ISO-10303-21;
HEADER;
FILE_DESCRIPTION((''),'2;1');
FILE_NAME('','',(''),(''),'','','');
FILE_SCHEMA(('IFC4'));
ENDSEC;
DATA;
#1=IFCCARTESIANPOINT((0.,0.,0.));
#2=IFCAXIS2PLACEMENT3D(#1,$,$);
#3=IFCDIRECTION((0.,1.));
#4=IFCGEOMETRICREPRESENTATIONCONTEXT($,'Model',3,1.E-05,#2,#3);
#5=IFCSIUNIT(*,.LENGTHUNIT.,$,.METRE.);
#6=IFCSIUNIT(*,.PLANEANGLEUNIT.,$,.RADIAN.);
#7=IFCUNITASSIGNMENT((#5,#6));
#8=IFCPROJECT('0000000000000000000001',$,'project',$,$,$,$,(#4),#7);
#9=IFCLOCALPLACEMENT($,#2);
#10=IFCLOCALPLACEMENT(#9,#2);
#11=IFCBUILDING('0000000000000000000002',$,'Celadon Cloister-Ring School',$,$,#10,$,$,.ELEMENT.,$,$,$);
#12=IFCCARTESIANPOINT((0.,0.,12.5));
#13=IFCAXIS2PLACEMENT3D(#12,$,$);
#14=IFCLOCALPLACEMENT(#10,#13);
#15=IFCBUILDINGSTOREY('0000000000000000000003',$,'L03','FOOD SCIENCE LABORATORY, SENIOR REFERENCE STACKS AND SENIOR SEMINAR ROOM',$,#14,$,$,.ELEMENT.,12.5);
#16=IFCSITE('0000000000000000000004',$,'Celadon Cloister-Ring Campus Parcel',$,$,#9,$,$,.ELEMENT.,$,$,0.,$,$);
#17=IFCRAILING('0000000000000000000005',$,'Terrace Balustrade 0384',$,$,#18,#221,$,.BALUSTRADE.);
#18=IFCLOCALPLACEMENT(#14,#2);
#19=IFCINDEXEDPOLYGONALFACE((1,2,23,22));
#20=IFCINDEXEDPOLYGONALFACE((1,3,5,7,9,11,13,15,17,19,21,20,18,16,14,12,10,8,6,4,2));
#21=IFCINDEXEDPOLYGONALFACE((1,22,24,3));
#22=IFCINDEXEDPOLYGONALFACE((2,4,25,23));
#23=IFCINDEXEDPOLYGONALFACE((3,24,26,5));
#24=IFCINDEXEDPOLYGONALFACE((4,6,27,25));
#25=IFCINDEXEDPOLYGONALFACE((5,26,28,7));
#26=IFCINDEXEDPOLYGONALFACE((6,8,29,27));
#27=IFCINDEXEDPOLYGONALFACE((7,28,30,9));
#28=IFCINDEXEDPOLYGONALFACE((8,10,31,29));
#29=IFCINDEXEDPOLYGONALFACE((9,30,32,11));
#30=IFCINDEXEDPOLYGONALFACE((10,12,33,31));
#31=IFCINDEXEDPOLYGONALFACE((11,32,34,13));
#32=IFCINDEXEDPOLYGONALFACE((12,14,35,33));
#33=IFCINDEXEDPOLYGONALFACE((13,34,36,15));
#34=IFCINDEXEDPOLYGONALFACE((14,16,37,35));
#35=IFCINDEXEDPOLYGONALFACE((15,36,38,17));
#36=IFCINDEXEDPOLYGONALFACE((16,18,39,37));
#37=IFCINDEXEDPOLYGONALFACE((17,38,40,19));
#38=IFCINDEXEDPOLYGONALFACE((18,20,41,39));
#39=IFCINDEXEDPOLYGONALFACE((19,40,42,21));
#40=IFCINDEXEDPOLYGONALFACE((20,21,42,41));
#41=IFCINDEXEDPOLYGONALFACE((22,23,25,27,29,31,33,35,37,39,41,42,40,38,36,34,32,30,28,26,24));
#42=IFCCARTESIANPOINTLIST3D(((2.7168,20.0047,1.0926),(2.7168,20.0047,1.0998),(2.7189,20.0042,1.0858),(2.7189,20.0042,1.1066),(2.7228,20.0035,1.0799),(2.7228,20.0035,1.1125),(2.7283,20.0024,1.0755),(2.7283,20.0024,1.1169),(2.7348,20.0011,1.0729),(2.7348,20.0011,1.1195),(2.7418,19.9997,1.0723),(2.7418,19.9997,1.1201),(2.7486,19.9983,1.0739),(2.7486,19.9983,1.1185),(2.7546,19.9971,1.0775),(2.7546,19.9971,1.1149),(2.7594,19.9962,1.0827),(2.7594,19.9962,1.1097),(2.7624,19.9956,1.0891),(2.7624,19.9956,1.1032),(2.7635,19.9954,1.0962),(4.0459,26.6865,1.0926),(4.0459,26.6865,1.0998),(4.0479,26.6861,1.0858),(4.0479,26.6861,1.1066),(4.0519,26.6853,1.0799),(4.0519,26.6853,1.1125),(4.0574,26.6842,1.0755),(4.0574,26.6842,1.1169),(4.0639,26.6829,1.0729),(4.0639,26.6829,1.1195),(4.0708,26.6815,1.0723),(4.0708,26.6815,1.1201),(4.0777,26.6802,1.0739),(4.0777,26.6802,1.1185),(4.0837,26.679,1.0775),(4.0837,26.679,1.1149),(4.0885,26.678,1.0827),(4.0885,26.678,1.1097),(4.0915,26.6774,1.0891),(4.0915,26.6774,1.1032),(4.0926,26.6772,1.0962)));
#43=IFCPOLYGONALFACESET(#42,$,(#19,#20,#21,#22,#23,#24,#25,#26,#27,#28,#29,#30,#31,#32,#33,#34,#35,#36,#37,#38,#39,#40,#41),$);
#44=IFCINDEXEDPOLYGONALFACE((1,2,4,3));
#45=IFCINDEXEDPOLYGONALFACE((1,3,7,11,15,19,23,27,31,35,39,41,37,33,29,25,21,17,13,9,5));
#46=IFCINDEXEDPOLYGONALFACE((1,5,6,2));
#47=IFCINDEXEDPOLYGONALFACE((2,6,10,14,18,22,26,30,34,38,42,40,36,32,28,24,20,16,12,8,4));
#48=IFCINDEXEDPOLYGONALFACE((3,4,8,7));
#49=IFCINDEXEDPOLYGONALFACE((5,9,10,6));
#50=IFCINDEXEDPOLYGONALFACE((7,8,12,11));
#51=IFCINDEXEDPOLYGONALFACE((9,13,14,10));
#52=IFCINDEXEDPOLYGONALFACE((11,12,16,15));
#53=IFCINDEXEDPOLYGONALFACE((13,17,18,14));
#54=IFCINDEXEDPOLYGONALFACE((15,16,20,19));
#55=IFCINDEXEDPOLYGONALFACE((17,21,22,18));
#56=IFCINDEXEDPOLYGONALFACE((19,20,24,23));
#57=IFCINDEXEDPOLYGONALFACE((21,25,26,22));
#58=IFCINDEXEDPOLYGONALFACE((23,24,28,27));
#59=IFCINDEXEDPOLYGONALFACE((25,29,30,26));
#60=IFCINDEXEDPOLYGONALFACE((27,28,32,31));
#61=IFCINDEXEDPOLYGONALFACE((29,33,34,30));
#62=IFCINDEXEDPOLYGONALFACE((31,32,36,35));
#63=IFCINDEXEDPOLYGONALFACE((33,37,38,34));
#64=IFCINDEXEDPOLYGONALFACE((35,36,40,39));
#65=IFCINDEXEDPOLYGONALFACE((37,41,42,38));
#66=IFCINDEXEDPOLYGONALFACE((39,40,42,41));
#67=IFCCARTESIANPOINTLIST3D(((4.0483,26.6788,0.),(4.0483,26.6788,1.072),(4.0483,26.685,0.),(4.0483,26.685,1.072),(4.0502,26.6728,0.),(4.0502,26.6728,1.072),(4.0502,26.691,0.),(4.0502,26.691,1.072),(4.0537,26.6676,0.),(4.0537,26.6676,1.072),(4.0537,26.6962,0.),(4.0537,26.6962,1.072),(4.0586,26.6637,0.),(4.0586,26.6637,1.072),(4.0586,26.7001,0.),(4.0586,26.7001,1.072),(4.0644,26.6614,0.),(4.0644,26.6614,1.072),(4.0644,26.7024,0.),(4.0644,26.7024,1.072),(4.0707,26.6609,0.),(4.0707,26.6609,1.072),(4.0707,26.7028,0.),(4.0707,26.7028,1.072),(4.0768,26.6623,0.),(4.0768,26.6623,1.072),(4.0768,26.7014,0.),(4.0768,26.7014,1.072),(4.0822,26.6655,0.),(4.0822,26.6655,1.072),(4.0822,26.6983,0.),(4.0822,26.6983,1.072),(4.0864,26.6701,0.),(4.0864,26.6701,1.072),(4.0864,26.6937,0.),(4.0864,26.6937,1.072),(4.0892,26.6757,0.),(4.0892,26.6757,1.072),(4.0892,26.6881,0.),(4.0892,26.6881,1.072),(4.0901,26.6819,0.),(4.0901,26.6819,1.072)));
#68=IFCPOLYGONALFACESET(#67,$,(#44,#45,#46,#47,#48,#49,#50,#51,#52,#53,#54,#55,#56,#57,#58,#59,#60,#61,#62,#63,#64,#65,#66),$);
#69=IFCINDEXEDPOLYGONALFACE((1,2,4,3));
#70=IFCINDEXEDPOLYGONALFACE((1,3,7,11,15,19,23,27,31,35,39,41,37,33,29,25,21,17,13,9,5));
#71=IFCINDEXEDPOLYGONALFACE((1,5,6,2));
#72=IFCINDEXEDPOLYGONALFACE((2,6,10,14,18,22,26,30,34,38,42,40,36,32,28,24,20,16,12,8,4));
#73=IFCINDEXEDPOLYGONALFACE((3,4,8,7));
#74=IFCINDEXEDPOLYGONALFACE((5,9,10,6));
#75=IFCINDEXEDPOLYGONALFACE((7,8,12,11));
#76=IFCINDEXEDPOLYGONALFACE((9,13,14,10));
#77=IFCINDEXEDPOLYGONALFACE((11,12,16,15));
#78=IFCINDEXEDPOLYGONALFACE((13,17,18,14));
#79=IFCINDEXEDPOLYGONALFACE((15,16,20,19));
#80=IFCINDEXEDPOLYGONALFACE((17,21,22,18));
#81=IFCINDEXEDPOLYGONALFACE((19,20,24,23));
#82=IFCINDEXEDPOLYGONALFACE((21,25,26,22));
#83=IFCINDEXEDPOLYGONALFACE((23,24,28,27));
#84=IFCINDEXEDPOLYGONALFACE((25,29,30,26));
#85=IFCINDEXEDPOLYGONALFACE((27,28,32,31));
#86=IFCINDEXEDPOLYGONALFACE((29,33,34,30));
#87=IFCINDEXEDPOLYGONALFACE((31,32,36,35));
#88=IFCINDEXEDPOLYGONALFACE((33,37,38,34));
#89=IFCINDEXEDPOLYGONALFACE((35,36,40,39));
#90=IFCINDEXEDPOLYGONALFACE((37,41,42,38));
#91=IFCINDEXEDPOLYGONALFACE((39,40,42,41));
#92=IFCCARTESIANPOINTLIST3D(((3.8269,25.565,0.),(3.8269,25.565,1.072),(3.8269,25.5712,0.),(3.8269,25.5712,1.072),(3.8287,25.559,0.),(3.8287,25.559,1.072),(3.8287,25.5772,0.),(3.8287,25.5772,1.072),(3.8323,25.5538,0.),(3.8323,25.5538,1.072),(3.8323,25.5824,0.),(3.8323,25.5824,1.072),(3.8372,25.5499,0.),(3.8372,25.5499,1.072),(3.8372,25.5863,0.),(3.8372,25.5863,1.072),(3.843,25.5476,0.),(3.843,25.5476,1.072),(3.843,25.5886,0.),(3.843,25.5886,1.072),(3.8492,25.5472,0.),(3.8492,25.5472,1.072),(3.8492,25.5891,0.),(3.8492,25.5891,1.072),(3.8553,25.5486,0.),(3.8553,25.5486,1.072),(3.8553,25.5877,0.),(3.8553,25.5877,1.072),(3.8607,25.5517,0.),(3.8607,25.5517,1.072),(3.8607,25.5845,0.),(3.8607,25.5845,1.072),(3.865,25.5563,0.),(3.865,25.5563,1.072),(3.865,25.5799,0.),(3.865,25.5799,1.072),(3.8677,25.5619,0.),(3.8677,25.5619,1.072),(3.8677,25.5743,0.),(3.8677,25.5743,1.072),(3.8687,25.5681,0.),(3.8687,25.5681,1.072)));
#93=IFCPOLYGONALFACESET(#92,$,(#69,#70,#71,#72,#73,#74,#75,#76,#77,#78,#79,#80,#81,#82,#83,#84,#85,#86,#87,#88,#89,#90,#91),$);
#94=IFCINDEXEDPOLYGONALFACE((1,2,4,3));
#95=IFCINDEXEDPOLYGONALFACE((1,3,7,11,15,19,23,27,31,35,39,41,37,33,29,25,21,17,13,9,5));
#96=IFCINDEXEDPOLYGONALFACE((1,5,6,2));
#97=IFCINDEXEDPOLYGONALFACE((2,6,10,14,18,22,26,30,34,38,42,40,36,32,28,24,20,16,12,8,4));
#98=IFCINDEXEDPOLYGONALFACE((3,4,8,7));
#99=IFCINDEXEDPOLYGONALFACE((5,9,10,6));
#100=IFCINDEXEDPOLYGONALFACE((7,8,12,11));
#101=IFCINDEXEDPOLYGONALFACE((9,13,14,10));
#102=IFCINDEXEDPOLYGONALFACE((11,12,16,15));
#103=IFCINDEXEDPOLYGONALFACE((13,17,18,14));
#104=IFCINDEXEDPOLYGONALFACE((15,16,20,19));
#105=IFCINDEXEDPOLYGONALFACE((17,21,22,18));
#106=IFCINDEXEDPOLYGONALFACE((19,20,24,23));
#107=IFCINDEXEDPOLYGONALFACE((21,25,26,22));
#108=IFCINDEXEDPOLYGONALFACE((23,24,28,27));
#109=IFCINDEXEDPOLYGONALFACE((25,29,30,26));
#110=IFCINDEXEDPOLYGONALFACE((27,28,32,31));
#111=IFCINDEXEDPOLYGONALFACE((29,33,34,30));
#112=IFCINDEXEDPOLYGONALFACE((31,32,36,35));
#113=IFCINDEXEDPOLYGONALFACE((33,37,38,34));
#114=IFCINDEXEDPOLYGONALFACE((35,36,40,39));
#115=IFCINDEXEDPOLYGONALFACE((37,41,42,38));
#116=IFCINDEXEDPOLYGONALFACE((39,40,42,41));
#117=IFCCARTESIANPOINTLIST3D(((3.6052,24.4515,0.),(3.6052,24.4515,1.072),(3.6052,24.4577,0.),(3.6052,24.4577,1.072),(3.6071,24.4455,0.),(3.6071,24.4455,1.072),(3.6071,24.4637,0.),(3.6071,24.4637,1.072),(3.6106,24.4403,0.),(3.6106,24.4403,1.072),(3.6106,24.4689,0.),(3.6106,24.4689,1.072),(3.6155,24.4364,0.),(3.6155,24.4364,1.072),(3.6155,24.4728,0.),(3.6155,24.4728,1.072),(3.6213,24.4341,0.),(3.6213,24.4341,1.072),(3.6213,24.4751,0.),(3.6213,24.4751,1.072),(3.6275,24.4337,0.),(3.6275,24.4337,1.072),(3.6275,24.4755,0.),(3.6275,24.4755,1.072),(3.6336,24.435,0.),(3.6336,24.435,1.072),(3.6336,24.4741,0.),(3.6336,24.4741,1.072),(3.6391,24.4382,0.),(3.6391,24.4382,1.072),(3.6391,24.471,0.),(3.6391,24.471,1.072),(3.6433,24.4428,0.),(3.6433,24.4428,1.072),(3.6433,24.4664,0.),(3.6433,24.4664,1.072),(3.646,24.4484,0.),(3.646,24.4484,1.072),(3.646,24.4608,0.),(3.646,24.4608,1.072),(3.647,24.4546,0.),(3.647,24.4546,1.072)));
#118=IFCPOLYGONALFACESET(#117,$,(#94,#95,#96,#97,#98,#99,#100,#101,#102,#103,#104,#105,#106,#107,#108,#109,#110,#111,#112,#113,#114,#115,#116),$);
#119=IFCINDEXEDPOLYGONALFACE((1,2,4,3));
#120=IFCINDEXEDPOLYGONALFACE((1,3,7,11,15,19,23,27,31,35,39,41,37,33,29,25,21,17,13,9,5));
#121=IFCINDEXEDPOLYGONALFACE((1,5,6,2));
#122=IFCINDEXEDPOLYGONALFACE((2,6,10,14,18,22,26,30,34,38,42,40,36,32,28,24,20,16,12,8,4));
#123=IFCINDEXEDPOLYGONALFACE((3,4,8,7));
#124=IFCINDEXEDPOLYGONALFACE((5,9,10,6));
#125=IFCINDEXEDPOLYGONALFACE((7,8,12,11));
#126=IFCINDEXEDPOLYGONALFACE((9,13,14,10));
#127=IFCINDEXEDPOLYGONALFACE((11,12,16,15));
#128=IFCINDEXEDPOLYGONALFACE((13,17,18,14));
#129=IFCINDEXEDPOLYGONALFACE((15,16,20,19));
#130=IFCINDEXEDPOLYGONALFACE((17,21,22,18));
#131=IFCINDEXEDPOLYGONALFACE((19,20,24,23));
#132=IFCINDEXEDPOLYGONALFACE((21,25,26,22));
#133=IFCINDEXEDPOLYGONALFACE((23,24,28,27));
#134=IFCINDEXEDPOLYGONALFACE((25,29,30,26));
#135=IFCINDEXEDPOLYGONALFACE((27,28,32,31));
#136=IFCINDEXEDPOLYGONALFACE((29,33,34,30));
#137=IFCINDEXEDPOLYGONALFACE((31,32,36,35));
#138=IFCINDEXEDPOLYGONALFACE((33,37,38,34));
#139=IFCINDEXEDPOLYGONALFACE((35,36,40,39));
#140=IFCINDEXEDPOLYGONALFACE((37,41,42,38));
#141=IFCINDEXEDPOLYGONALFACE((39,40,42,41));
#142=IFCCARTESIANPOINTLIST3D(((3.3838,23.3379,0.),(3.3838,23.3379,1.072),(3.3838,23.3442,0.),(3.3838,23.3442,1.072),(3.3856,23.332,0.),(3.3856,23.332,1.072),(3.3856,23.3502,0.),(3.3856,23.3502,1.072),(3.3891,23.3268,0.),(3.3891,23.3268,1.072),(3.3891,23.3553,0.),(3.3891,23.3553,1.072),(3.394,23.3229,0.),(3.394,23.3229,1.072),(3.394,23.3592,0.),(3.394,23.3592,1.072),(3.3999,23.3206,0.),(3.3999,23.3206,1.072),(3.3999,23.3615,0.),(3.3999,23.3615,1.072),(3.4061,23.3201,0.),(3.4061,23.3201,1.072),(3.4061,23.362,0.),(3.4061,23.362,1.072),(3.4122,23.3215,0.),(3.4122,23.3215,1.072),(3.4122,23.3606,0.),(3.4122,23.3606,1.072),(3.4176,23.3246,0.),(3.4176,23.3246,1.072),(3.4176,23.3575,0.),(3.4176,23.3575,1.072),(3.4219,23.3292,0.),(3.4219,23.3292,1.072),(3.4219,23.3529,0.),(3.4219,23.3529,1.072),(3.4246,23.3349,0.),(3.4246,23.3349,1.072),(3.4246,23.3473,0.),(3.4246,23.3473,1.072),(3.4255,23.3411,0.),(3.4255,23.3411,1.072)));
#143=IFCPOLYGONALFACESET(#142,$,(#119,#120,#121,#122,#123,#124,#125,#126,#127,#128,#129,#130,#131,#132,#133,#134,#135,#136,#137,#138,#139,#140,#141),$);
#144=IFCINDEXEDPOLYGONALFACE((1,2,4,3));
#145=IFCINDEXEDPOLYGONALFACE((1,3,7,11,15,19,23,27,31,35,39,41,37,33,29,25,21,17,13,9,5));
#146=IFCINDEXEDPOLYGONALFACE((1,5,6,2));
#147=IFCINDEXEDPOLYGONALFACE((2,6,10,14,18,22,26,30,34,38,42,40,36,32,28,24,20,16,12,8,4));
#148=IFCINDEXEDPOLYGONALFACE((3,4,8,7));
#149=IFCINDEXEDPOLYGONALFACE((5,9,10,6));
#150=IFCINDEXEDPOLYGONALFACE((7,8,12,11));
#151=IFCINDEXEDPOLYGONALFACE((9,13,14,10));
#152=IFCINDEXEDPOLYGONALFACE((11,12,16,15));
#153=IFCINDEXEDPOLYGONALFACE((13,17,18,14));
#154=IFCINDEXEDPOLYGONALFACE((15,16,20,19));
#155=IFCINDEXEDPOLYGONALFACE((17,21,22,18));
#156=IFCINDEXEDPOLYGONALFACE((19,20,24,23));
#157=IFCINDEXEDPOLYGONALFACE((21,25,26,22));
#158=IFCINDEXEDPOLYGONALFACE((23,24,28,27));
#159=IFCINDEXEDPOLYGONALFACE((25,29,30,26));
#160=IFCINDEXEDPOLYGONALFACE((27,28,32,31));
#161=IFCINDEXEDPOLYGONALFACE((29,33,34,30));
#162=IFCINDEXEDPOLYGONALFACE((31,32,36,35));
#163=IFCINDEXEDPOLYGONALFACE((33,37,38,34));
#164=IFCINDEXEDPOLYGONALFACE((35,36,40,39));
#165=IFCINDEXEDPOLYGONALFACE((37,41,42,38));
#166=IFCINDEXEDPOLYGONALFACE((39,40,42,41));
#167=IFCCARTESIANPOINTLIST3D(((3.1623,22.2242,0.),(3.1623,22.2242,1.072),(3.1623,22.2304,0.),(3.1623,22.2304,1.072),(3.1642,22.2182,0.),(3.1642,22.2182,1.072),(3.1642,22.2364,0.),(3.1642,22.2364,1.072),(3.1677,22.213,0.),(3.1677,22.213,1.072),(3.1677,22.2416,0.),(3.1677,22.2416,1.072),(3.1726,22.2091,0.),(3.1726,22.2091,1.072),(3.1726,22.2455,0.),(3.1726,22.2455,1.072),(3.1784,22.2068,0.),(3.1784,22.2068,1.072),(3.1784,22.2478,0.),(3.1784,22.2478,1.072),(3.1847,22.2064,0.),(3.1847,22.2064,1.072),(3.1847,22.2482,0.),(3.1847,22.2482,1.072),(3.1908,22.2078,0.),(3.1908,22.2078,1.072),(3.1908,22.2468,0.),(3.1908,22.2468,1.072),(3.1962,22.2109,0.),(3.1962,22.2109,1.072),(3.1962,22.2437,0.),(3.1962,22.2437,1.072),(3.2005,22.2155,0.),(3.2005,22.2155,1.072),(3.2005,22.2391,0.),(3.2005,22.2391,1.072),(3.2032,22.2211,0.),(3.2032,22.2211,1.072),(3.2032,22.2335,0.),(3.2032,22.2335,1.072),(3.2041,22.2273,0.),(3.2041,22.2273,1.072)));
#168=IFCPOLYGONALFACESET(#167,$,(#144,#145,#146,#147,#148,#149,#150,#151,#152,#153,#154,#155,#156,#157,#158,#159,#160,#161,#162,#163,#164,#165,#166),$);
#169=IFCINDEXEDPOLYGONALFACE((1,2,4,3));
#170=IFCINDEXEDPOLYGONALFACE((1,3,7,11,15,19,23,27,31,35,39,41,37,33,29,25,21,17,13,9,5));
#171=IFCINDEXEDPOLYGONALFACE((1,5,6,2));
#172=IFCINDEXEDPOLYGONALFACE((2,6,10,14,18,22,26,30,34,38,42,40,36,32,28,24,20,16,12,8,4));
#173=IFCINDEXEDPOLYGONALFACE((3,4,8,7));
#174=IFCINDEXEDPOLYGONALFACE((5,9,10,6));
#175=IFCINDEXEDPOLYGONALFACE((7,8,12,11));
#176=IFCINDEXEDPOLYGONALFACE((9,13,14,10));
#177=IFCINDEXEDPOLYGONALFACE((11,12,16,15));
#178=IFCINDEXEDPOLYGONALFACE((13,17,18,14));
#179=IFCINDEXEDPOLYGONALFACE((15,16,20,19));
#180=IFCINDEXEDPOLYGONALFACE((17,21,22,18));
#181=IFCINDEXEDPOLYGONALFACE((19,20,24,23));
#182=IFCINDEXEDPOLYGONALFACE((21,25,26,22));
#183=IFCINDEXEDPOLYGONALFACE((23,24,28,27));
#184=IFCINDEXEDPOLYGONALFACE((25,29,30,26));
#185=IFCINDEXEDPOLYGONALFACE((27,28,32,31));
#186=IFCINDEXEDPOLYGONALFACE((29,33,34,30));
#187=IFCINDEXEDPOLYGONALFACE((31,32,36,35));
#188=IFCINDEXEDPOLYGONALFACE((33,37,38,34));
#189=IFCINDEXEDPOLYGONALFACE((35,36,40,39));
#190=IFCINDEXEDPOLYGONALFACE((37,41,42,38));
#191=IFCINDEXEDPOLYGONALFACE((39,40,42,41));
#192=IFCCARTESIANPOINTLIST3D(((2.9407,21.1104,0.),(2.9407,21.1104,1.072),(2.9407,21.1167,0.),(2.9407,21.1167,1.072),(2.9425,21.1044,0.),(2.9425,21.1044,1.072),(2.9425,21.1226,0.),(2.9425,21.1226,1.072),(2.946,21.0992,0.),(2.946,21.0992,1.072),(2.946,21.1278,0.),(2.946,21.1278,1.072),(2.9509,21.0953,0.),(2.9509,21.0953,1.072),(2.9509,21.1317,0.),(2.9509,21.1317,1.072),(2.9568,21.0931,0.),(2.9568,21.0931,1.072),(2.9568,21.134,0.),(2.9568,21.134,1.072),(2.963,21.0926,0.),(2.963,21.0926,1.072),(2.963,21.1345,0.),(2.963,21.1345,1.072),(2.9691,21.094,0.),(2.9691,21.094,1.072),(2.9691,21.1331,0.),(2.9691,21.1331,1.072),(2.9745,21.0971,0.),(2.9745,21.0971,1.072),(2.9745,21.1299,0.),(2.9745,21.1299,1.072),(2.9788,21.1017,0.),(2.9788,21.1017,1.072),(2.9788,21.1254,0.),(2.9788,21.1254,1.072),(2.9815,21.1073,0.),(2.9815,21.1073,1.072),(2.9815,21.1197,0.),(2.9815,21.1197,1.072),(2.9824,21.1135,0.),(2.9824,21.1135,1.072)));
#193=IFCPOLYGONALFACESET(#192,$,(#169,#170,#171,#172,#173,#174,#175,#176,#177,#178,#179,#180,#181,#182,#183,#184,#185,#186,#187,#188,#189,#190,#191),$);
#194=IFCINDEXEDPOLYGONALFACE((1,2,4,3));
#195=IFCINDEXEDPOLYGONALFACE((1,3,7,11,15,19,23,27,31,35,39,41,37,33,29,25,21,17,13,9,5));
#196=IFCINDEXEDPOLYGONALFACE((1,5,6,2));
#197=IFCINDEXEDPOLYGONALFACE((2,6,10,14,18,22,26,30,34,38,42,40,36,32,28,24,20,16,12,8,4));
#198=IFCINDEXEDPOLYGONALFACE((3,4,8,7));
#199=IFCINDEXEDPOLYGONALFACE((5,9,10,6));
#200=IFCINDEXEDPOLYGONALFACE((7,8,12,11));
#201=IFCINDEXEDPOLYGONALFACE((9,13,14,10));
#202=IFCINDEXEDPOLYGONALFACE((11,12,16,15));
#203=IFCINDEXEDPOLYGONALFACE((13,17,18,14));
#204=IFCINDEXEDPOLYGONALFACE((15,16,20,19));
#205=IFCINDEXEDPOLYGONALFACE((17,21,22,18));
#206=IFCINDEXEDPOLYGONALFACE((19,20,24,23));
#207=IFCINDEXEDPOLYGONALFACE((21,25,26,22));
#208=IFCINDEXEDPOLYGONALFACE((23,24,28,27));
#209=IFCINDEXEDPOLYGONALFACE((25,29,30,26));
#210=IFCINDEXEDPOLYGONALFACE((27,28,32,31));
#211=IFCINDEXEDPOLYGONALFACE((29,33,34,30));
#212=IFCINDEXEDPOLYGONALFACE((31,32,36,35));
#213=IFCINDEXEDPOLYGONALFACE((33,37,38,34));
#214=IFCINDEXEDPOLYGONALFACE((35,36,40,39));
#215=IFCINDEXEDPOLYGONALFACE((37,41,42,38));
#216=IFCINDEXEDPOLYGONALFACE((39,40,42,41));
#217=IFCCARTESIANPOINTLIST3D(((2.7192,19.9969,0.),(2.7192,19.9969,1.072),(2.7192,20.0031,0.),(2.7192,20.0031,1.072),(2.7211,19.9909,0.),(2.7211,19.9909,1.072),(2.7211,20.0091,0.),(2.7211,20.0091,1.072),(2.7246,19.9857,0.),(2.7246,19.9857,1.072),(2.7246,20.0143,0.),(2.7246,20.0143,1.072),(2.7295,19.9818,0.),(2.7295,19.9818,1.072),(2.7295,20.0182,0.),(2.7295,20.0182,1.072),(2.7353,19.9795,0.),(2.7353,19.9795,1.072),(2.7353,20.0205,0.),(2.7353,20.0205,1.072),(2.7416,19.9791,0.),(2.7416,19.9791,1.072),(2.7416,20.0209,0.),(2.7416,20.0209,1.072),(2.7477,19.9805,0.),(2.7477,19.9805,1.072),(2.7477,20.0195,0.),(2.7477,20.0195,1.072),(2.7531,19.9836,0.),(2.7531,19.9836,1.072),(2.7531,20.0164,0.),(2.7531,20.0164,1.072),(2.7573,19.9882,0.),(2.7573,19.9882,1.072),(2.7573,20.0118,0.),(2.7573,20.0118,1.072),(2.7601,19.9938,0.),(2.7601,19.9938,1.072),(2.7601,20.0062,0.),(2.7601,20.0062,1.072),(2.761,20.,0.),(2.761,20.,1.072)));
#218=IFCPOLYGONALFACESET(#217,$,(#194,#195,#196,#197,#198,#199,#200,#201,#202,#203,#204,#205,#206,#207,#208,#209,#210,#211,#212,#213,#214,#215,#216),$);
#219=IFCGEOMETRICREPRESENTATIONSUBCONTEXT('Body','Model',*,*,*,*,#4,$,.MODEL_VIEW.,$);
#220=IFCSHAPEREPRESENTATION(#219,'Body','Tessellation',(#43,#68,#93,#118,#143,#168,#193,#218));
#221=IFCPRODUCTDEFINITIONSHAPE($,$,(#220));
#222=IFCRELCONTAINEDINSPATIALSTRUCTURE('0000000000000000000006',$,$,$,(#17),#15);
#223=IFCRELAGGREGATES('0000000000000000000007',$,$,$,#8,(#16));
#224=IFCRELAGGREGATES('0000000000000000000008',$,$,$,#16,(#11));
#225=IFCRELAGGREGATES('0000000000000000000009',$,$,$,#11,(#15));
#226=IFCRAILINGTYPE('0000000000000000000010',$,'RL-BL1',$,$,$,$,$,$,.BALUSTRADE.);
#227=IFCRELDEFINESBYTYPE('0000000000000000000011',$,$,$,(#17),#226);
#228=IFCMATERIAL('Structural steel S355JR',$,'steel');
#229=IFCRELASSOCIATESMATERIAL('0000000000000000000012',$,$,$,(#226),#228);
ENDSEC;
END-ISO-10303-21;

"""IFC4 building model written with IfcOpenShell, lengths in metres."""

from ifc_helpers import new_model, si_unit, direction, frame, origin, origin_2d, place, context, subcontext, project, spatial, circle, extrude, material, type_object, element, save


model = new_model("IFC4")

# Units and contexts
model_context = context("Model", 3, precision=1e-05, world=origin(), true_north=direction((0.0, 1.0)))
body_context = subcontext(model_context, "Body", "Model", "MODEL_VIEW")
ifc_project = project(units=[si_unit("LENGTHUNIT", "METRE"), si_unit("PLANEANGLEUNIT", "RADIAN")], contexts=[model_context])

# Site, building, storey
site_placement = place(None, origin())
site = spatial("IfcSite", under=ifc_project, at=site_placement, Name="Celadon Cloister-Ring Campus Parcel", CompositionType="ELEMENT", RefElevation=0.0)
building_placement = place(site_placement, origin())
building = spatial("IfcBuilding", under=site, at=building_placement, Name="Celadon Cloister-Ring School", CompositionType="ELEMENT")
storey_placement = place(building_placement, frame((0.0, 0.0, 12.5)))
storey = spatial("IfcBuildingStorey", under=building, at=storey_placement, Name="L03", Description="FOOD SCIENCE LABORATORY, SENIOR REFERENCE STACKS AND SENIOR SEMINAR ROOM", CompositionType="ELEMENT", Elevation=12.5)

# Railing
ifc_material_1 = material(Name="Structural steel S355JR", Category="steel")
railing_type = type_object("IfcRailingType", Name="RL-BL1", PredefinedType="BALUSTRADE", material=ifc_material_1)
railing_1_placement = place(storey_placement, frame((4.0691, 26.6819, 0.0)))
element("IfcRailing", 1, at=railing_1_placement, inside=storey, type_object=railing_type, Name="Terrace Balustrade 0384", PredefinedType="BALUSTRADE", context=body_context, shape_type="SweptSolid", body=[
    extrude(circle(Radius=0.0239, at=origin_2d()), frame((0.0, 0.0, 1.0962), z_axis=(-0.195089, -0.980786, 0.0), x_axis=(0.980786, -0.195089, 0.0)), (0.0, 0.0, 1.0), 6.8127),
    extrude(circle(Radius=0.021, at=origin_2d()), origin(), (0.0, 0.0, 1.0), 1.072),
    extrude(circle(Radius=0.021, at=origin_2d()), frame((-0.2214, -1.1138, 0.0)), (0.0, 0.0, 1.0), 1.072),
    extrude(circle(Radius=0.021, at=origin_2d()), frame((-0.4431, -2.2273, 0.0)), (0.0, 0.0, 1.0), 1.072),
    extrude(circle(Radius=0.021, at=origin_2d()), frame((-0.6646, -3.3408, 0.0)), (0.0, 0.0, 1.0), 1.072),
    extrude(circle(Radius=0.021, at=origin_2d()), frame((-0.886, -4.4546, 0.0)), (0.0, 0.0, 1.0), 1.072),
    extrude(circle(Radius=0.021, at=origin_2d()), frame((-1.1077, -5.5684, 0.0)), (0.0, 0.0, 1.0), 1.072),
    extrude(circle(Radius=0.021, at=origin_2d()), frame((-1.3291, -6.6819, 0.0)), (0.0, 0.0, 1.0), 1.072),
])

save(model, "model.ifc")
